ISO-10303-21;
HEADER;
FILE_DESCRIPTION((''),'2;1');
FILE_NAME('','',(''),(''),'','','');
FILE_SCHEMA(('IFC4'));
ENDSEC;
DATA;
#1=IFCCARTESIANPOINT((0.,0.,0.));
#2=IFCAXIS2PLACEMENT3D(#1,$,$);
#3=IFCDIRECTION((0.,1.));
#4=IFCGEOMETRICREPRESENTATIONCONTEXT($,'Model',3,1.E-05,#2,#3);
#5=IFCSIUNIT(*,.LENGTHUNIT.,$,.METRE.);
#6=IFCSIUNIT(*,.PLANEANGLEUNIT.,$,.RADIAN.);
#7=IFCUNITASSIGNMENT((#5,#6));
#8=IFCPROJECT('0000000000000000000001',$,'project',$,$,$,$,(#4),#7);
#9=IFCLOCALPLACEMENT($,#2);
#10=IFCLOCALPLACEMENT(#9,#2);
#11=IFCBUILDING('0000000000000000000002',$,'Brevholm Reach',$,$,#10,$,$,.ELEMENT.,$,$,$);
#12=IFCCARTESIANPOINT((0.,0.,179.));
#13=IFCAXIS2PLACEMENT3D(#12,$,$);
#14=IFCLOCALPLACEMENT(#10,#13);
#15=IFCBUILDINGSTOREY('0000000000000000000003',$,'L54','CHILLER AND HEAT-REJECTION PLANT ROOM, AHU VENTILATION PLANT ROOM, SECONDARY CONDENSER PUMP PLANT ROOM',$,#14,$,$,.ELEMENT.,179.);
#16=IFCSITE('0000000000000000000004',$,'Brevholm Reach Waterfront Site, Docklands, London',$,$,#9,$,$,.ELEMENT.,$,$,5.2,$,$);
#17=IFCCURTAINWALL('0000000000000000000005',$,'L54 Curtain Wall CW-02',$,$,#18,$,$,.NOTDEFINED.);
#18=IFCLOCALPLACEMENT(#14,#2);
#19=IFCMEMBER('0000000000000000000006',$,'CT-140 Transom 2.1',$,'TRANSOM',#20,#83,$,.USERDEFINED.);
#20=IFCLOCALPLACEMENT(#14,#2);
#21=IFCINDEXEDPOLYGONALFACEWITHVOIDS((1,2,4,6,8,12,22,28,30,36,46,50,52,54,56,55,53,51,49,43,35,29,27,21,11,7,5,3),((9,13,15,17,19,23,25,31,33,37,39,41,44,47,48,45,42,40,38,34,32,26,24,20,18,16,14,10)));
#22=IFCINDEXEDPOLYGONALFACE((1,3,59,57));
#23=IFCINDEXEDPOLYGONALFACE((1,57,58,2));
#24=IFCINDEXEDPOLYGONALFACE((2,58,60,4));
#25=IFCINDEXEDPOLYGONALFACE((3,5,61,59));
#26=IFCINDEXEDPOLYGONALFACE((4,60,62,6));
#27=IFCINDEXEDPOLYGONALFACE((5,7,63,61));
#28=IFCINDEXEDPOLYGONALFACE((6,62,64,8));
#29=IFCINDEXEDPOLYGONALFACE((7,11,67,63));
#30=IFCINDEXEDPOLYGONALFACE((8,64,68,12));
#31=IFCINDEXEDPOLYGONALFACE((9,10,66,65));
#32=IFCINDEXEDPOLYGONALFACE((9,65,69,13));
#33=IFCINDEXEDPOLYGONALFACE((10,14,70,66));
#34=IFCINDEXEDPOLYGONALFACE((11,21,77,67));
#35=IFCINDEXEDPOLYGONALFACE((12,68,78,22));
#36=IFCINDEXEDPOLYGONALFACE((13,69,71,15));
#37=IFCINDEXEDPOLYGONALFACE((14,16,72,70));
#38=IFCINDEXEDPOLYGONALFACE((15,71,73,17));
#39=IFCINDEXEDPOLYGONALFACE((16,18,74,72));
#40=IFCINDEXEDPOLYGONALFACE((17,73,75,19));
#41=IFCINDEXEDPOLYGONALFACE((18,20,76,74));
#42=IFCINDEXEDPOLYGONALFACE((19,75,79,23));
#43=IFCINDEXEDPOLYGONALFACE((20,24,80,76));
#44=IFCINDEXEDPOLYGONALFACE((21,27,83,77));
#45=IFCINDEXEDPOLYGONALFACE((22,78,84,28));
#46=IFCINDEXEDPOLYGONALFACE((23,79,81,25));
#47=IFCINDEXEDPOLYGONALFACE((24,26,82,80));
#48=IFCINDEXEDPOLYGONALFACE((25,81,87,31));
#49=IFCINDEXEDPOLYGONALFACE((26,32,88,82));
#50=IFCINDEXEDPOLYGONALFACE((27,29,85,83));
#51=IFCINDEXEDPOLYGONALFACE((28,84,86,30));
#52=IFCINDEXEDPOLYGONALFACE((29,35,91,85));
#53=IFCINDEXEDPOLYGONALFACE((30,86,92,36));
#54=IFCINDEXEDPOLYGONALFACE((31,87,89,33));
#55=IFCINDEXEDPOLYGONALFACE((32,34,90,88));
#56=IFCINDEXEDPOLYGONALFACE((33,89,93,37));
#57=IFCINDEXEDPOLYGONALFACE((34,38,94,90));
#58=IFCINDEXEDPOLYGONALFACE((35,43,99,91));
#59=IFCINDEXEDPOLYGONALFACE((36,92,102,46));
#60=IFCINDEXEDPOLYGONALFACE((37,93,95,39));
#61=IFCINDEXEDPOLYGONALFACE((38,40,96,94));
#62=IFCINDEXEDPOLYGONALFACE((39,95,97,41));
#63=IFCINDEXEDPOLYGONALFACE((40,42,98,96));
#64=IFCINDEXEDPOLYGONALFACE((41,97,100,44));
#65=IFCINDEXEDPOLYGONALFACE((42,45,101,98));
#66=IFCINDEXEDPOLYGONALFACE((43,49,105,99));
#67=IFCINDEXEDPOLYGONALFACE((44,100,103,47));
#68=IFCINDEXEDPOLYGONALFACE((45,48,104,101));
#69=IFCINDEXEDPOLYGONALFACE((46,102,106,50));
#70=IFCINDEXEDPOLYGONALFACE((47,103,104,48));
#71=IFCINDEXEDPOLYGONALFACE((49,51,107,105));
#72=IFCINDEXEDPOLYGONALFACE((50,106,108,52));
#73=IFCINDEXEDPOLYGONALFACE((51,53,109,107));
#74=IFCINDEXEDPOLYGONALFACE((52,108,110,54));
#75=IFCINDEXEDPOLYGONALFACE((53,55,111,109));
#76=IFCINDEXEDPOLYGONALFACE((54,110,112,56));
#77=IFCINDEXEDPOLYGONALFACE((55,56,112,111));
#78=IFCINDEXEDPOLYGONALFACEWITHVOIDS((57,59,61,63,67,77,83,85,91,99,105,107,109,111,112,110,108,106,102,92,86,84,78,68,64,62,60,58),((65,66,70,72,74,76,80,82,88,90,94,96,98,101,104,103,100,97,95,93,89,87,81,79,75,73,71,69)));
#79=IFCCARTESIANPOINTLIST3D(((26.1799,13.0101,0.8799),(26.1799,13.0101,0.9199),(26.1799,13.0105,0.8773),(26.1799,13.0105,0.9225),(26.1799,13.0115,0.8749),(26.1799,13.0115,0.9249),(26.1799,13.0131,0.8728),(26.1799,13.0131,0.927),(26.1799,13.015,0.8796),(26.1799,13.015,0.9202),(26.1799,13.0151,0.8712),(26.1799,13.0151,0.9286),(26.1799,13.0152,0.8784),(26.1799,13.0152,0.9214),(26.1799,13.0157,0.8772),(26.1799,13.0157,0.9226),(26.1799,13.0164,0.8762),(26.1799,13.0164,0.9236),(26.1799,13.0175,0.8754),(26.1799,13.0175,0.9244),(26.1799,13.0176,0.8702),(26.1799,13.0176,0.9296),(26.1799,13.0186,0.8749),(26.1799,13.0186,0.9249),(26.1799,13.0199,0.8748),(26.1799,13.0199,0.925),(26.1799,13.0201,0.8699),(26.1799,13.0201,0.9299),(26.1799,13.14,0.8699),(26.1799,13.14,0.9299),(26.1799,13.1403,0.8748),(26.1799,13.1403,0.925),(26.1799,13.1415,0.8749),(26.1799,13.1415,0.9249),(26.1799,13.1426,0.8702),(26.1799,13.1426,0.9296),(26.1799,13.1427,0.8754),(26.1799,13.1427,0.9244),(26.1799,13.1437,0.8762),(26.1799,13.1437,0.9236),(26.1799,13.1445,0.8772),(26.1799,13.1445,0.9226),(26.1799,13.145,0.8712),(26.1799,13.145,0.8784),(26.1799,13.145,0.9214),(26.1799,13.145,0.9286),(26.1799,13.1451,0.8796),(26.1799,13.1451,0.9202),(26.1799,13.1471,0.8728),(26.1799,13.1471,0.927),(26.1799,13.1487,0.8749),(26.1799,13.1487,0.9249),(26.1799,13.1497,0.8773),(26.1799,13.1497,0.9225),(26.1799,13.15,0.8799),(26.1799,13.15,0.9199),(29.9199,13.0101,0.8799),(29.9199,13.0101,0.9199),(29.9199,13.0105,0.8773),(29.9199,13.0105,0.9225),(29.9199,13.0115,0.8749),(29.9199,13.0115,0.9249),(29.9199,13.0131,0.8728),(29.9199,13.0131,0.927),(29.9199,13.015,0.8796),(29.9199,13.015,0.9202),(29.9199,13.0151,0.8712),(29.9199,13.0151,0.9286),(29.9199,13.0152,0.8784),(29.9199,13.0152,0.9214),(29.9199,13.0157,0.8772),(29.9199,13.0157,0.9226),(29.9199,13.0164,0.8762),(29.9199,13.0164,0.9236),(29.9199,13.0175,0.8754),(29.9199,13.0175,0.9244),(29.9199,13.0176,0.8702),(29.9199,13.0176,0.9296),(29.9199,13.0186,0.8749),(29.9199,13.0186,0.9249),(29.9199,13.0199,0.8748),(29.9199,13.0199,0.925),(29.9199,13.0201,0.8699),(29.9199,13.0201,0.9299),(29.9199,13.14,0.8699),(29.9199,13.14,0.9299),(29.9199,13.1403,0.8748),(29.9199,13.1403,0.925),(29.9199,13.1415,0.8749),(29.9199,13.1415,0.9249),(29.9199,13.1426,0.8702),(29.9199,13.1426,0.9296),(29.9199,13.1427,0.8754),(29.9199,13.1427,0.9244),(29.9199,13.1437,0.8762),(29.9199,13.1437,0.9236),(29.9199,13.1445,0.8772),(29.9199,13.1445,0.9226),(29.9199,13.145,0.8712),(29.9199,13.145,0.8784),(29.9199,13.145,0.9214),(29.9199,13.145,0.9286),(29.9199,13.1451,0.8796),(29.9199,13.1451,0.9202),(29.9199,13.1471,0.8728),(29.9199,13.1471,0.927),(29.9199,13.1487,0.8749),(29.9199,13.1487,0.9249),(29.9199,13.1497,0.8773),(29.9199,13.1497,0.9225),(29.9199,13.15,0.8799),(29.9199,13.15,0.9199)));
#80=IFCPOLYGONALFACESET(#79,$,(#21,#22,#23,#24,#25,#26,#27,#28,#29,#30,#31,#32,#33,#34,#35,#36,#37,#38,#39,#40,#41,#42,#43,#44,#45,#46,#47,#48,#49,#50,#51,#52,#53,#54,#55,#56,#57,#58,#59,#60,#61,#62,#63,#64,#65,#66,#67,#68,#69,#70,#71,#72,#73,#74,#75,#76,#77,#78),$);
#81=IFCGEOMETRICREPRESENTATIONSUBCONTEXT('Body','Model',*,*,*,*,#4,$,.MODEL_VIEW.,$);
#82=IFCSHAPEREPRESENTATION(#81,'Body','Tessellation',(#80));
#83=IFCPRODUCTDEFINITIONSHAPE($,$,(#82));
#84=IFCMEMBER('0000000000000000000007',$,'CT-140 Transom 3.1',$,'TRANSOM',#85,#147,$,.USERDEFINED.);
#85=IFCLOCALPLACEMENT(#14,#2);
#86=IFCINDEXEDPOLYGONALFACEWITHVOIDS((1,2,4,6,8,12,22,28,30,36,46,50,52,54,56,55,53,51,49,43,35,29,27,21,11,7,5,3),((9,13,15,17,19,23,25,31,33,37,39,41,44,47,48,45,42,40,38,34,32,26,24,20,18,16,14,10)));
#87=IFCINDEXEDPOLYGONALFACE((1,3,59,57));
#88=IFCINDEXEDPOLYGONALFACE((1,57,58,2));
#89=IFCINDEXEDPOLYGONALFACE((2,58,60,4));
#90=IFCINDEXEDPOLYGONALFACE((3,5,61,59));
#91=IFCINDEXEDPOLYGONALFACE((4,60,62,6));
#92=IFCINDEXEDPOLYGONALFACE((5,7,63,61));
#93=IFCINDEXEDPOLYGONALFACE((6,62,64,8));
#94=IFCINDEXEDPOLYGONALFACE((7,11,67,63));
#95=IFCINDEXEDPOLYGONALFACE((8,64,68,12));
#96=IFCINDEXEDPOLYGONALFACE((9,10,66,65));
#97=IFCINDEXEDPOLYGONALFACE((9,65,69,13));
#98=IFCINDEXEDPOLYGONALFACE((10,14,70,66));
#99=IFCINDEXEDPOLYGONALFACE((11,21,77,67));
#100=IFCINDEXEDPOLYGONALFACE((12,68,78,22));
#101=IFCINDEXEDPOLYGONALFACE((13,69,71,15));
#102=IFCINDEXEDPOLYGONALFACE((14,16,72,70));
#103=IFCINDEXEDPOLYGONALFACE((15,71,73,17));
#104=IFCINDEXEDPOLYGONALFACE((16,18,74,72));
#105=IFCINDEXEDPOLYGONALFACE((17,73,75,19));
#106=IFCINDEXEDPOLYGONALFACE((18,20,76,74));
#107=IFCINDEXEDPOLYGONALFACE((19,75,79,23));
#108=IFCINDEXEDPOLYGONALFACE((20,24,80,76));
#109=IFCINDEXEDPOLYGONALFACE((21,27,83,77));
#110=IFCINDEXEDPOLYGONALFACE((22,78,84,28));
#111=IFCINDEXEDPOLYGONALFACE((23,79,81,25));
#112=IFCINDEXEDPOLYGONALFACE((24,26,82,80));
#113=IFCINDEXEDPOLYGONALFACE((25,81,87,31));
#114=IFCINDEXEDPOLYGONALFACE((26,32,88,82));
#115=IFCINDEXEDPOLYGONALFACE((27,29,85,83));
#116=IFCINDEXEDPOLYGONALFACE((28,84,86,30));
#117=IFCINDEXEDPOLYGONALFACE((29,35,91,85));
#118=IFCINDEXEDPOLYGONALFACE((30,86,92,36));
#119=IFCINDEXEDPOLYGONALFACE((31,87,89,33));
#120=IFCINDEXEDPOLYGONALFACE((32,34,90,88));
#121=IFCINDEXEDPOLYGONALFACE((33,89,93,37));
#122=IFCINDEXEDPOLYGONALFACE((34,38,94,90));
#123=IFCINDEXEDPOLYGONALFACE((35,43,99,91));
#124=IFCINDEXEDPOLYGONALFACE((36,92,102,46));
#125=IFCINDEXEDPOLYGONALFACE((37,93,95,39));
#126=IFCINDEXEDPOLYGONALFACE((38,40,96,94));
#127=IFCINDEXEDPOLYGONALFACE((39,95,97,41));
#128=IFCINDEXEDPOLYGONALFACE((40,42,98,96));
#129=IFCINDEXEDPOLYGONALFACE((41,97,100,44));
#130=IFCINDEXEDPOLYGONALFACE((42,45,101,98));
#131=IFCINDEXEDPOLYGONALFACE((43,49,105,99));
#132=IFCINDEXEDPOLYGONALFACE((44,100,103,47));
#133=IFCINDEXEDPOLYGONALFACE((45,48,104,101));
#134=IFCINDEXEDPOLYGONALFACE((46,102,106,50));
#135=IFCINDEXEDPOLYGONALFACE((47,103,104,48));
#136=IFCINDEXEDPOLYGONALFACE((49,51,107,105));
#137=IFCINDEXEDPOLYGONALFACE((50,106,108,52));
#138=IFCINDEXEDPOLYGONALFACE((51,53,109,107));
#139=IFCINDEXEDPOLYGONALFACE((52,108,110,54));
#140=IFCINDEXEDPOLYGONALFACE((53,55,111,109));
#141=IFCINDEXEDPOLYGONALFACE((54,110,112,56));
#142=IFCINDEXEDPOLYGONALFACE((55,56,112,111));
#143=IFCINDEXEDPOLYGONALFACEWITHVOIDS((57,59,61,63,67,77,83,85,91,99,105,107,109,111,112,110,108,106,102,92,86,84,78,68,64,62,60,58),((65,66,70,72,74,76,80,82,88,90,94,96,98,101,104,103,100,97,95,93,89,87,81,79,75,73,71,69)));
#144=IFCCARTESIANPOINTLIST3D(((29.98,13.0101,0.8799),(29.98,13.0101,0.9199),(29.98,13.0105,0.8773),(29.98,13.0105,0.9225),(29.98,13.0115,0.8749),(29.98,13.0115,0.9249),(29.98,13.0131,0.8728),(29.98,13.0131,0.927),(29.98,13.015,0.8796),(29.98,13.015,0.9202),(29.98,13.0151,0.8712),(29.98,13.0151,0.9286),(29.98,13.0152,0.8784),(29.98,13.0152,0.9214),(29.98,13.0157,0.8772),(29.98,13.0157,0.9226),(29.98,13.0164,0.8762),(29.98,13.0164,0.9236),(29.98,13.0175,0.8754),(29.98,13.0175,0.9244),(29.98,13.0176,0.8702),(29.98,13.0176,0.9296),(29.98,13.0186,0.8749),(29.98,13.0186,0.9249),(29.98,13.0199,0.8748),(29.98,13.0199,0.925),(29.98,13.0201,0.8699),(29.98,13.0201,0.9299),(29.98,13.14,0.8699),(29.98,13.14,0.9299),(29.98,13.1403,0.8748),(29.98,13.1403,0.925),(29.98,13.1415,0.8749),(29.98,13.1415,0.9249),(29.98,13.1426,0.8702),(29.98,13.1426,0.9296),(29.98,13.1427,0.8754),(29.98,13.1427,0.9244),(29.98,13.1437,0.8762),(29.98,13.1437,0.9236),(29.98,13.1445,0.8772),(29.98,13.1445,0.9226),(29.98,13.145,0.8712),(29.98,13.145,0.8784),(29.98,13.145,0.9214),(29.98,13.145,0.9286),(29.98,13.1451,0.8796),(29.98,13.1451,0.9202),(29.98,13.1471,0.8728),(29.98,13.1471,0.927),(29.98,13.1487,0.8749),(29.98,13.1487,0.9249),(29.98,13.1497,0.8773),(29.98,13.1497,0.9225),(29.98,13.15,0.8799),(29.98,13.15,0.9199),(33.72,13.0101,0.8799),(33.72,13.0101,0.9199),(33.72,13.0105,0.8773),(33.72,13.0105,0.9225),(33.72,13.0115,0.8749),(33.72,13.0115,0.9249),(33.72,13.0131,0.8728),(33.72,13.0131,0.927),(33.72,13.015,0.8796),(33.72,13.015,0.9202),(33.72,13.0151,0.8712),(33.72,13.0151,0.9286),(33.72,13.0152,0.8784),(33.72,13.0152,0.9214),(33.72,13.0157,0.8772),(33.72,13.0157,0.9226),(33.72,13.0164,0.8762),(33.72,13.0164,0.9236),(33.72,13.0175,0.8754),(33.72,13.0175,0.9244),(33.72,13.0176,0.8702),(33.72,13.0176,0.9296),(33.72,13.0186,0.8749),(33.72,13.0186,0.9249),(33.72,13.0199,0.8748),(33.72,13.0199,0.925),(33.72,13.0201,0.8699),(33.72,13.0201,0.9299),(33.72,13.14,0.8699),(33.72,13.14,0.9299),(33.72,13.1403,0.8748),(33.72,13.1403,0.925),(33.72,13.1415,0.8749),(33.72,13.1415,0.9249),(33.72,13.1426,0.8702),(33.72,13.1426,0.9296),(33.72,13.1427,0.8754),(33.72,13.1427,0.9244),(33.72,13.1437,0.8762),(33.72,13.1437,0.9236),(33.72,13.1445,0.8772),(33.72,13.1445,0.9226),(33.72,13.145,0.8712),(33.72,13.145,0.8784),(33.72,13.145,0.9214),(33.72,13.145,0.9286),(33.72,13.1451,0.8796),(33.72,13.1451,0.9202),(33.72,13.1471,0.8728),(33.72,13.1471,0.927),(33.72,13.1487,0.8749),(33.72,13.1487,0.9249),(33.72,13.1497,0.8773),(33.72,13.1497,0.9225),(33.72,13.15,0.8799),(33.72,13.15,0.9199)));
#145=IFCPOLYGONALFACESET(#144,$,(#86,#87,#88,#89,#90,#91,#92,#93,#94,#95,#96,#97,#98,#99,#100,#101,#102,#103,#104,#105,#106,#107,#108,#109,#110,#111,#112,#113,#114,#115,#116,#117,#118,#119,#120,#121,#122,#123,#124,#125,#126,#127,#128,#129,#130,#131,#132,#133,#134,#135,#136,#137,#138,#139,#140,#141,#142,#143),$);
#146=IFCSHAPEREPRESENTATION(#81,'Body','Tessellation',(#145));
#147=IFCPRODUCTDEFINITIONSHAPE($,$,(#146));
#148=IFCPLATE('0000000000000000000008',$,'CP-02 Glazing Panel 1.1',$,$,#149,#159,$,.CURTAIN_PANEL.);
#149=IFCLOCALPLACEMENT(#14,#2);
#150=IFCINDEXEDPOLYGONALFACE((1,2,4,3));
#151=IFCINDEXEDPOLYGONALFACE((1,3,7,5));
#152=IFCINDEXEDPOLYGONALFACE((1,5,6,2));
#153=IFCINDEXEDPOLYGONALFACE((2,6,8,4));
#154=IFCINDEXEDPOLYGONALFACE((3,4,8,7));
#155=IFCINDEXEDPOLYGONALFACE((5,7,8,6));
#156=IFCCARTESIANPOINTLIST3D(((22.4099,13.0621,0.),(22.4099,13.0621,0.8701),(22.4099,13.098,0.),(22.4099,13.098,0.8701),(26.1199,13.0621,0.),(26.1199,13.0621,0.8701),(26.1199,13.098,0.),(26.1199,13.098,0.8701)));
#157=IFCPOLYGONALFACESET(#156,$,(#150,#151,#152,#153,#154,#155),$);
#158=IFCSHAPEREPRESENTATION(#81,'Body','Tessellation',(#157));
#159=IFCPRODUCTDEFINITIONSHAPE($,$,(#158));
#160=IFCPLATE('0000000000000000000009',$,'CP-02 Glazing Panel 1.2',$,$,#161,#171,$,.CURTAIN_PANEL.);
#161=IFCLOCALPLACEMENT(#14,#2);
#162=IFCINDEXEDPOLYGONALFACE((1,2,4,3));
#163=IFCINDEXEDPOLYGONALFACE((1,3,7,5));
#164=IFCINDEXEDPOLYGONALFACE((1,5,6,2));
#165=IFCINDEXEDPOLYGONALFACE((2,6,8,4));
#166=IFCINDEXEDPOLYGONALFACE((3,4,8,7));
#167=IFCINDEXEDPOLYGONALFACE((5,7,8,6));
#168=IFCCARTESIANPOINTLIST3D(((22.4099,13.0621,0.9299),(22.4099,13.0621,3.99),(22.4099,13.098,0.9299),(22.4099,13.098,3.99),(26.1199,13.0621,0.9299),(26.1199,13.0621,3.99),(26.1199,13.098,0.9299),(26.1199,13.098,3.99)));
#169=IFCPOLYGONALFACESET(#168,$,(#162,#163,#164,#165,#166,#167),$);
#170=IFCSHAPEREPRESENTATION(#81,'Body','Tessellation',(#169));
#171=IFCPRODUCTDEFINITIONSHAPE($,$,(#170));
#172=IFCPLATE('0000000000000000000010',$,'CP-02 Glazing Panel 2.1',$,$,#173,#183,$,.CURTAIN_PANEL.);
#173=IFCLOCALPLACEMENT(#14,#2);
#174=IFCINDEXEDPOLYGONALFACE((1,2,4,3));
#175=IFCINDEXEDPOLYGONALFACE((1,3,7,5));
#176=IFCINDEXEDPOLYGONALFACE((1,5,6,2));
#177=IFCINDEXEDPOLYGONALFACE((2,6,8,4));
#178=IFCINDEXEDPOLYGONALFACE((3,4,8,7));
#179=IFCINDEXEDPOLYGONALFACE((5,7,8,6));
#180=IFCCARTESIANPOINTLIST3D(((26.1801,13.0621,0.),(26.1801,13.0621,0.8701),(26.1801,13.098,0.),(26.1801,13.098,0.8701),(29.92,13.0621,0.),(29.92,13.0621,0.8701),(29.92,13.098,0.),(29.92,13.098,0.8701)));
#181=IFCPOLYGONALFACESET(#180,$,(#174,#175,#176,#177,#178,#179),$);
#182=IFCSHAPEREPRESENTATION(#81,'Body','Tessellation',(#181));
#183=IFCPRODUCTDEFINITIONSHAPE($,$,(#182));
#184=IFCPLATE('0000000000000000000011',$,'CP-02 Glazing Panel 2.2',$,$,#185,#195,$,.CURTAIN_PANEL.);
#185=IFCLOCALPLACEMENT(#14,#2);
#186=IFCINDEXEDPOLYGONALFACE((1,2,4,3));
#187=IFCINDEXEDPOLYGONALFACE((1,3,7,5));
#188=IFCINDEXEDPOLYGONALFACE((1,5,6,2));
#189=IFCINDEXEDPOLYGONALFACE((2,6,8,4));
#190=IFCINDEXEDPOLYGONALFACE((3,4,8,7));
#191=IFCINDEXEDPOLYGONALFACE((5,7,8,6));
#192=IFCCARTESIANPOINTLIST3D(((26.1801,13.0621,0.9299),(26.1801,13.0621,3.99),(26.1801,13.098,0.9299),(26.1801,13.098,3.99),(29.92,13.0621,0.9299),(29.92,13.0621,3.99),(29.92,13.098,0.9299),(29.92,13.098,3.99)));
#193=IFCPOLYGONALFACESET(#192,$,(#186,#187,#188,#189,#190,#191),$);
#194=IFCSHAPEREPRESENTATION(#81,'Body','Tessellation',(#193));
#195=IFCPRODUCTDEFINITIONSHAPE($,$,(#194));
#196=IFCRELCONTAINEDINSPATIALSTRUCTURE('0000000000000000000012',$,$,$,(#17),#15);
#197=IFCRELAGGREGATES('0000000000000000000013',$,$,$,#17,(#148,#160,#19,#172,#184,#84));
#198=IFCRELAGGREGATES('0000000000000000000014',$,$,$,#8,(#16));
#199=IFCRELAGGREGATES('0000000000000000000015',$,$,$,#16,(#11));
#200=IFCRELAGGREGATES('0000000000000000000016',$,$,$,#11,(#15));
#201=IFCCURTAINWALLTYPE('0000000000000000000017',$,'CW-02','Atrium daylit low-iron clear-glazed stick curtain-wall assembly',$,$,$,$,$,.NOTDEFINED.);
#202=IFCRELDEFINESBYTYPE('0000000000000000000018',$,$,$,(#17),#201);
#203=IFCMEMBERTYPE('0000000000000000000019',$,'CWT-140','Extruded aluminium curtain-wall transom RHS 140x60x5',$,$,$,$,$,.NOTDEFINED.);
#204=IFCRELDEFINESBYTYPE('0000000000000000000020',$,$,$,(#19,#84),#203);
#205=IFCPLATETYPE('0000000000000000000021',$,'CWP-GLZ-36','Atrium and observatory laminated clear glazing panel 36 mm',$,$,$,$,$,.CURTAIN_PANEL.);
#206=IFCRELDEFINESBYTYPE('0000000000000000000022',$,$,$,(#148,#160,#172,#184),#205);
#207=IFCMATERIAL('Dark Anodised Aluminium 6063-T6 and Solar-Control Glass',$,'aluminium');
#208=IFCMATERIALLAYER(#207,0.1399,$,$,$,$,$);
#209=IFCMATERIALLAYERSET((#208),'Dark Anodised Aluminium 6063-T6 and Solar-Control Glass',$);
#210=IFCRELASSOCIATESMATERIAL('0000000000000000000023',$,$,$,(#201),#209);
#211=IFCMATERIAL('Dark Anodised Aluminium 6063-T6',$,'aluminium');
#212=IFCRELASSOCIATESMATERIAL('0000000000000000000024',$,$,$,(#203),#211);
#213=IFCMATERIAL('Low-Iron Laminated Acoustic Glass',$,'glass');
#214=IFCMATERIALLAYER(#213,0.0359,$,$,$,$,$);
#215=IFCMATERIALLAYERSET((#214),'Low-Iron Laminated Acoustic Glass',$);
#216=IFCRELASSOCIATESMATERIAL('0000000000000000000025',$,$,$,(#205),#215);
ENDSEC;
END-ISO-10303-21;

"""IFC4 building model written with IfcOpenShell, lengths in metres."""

from ifc_helpers import new_model, si_unit, direction, frame, origin, origin_2d, place, context, subcontext, project, spatial, rectangle, hollow_rectangle, extrude, material, layer, layer_set, material_profile, profile_set, type_object, element, aggregate, save


model = new_model("IFC4")

# Units and contexts
model_context = context("Model", 3, precision=1e-05, world=origin(), true_north=direction((0.0, 1.0)))
body_context = subcontext(model_context, "Body", "Model", "MODEL_VIEW")
ifc_project = project(units=[si_unit("LENGTHUNIT", "METRE"), si_unit("PLANEANGLEUNIT", "RADIAN")], contexts=[model_context])

# Site, building, storey
site_placement = place(None, origin())
site = spatial("IfcSite", under=ifc_project, at=site_placement, Name="Brevholm Reach Waterfront Site, Docklands, London", CompositionType="ELEMENT", RefElevation=5.2)
building_placement = place(site_placement, origin())
building = spatial("IfcBuilding", under=site, at=building_placement, Name="Brevholm Reach", CompositionType="ELEMENT")
storey_placement = place(building_placement, frame((0.0, 0.0, 179.0)))
storey = spatial("IfcBuildingStorey", under=building, at=storey_placement, Name="L54", Description="CHILLER AND HEAT-REJECTION PLANT ROOM, AHU VENTILATION PLANT ROOM, SECONDARY CONDENSER PUMP PLANT ROOM", CompositionType="ELEMENT", Elevation=179.0)

# Curtain wall, members, plates
ifc_material_1 = material(Name="Dark Anodised Aluminium 6063-T6 and Solar-Control Glass", Category="aluminium")
ifc_layer_1 = layer(ifc_material_1, 0.1399)
ifc_layer_set_1 = layer_set([ifc_layer_1], Name="Dark Anodised Aluminium 6063-T6 and Solar-Control Glass")
curtain_wall_type = type_object("IfcCurtainWallType", Name="CW-02", Description="Atrium daylit low-iron clear-glazed stick curtain-wall assembly", PredefinedType="NOTDEFINED", material=ifc_layer_set_1)
curtain_wall_placement = place(storey_placement, origin())
curtain_wall = element("IfcCurtainWall", 1, at=curtain_wall_placement, inside=storey, type_object=curtain_wall_type, Name="L54 Curtain Wall CW-02", PredefinedType="NOTDEFINED")
ifc_material_2 = material(Name="Dark Anodised Aluminium 6063-T6", Category="aluminium")
ifc_material_profile_1 = material_profile(ifc_material_2, hollow_rectangle(XDim=0.0601, YDim=0.1399, WallThickness=0.0049, InnerFilletRadius=0.0049, OuterFilletRadius=0.01, at=origin_2d()), Name="RHS 140x60x5")
ifc_profile_set_1 = profile_set([ifc_material_profile_1], Name="Dark Anodised Aluminium 6063-T6")
member_type_1 = type_object("IfcMemberType", Name="CWT-140", Description="Extruded aluminium curtain-wall transom RHS 140x60x5", PredefinedType="NOTDEFINED", material=ifc_profile_set_1)
member_1_placement = place(storey_placement, frame((26.1799, 13.0801, 0.8999), z_axis=(1.0, 0.0, 0.0), x_axis=(0.0, 0.0, 1.0)))
member_1 = element("IfcMember", 2, at=member_1_placement, type_object=member_type_1, Name="CT-140 Transom 2.1", ObjectType="TRANSOM", PredefinedType="USERDEFINED", context=body_context, shape_type="SweptSolid", body=[
    extrude(hollow_rectangle(XDim=0.0601, YDim=0.1399, WallThickness=0.0049, InnerFilletRadius=0.0049, OuterFilletRadius=0.01, at=origin_2d()), origin(), (0.0, 0.0, 1.0), 3.74),
])
member_2_placement = place(storey_placement, frame((29.98, 13.0801, 0.8999), z_axis=(1.0, 0.0, 0.0), x_axis=(0.0, 0.0, 1.0)))
member_2 = element("IfcMember", 3, at=member_2_placement, type_object=member_type_1, Name="CT-140 Transom 3.1", ObjectType="TRANSOM", PredefinedType="USERDEFINED", context=body_context, shape_type="SweptSolid", body=[
    extrude(hollow_rectangle(XDim=0.0601, YDim=0.1399, WallThickness=0.0049, InnerFilletRadius=0.0049, OuterFilletRadius=0.01, at=origin_2d()), origin(), (0.0, 0.0, 1.0), 3.74),
])
ifc_material_3 = material(Name="Low-Iron Laminated Acoustic Glass", Category="glass")
ifc_layer_2 = layer(ifc_material_3, 0.0359)
ifc_layer_set_2 = layer_set([ifc_layer_2], Name="Low-Iron Laminated Acoustic Glass")
plate_type = type_object("IfcPlateType", Name="CWP-GLZ-36", Description="Atrium and observatory laminated clear glazing panel 36 mm", PredefinedType="CURTAIN_PANEL", material=ifc_layer_set_2)
plate_1_placement = place(storey_placement, frame((24.2649, 13.0801, 0.0), z_axis=(0.0, 0.0, 1.0), x_axis=(1.0, 0.0, 0.0)))
plate_1 = element("IfcPlate", 4, at=plate_1_placement, type_object=plate_type, Name="CP-02 Glazing Panel 1.1", PredefinedType="CURTAIN_PANEL", context=body_context, shape_type="SweptSolid", body=[
    extrude(rectangle(XDim=3.71, YDim=0.0359, at=origin_2d()), origin(), (0.0, 0.0, 1.0), 0.8701),
])
plate_2_placement = place(storey_placement, frame((24.2649, 13.0801, 0.9299), z_axis=(0.0, 0.0, 1.0), x_axis=(1.0, 0.0, 0.0)))
plate_2 = element("IfcPlate", 5, at=plate_2_placement, type_object=plate_type, Name="CP-02 Glazing Panel 1.2", PredefinedType="CURTAIN_PANEL", context=body_context, shape_type="SweptSolid", body=[
    extrude(rectangle(XDim=3.71, YDim=0.0359, at=origin_2d()), origin(), (0.0, 0.0, 1.0), 3.0601),
])
plate_3_placement = place(storey_placement, frame((28.05, 13.0801, 0.0), z_axis=(0.0, 0.0, 1.0), x_axis=(1.0, 0.0, 0.0)))
plate_3 = element("IfcPlate", 6, at=plate_3_placement, type_object=plate_type, Name="CP-02 Glazing Panel 2.1", PredefinedType="CURTAIN_PANEL", context=body_context, shape_type="SweptSolid", body=[
    extrude(rectangle(XDim=3.74, YDim=0.0359, at=origin_2d()), origin(), (0.0, 0.0, 1.0), 0.8701),
])
plate_4_placement = place(storey_placement, frame((28.05, 13.0801, 0.9299), z_axis=(0.0, 0.0, 1.0), x_axis=(1.0, 0.0, 0.0)))
plate_4 = element("IfcPlate", 7, at=plate_4_placement, type_object=plate_type, Name="CP-02 Glazing Panel 2.2", PredefinedType="CURTAIN_PANEL", context=body_context, shape_type="SweptSolid", body=[
    extrude(rectangle(XDim=3.74, YDim=0.0359, at=origin_2d()), origin(), (0.0, 0.0, 1.0), 3.0601),
])
aggregate(curtain_wall, [plate_1, plate_2, member_1, plate_3, plate_4, member_2])

save(model, "model.ifc")
